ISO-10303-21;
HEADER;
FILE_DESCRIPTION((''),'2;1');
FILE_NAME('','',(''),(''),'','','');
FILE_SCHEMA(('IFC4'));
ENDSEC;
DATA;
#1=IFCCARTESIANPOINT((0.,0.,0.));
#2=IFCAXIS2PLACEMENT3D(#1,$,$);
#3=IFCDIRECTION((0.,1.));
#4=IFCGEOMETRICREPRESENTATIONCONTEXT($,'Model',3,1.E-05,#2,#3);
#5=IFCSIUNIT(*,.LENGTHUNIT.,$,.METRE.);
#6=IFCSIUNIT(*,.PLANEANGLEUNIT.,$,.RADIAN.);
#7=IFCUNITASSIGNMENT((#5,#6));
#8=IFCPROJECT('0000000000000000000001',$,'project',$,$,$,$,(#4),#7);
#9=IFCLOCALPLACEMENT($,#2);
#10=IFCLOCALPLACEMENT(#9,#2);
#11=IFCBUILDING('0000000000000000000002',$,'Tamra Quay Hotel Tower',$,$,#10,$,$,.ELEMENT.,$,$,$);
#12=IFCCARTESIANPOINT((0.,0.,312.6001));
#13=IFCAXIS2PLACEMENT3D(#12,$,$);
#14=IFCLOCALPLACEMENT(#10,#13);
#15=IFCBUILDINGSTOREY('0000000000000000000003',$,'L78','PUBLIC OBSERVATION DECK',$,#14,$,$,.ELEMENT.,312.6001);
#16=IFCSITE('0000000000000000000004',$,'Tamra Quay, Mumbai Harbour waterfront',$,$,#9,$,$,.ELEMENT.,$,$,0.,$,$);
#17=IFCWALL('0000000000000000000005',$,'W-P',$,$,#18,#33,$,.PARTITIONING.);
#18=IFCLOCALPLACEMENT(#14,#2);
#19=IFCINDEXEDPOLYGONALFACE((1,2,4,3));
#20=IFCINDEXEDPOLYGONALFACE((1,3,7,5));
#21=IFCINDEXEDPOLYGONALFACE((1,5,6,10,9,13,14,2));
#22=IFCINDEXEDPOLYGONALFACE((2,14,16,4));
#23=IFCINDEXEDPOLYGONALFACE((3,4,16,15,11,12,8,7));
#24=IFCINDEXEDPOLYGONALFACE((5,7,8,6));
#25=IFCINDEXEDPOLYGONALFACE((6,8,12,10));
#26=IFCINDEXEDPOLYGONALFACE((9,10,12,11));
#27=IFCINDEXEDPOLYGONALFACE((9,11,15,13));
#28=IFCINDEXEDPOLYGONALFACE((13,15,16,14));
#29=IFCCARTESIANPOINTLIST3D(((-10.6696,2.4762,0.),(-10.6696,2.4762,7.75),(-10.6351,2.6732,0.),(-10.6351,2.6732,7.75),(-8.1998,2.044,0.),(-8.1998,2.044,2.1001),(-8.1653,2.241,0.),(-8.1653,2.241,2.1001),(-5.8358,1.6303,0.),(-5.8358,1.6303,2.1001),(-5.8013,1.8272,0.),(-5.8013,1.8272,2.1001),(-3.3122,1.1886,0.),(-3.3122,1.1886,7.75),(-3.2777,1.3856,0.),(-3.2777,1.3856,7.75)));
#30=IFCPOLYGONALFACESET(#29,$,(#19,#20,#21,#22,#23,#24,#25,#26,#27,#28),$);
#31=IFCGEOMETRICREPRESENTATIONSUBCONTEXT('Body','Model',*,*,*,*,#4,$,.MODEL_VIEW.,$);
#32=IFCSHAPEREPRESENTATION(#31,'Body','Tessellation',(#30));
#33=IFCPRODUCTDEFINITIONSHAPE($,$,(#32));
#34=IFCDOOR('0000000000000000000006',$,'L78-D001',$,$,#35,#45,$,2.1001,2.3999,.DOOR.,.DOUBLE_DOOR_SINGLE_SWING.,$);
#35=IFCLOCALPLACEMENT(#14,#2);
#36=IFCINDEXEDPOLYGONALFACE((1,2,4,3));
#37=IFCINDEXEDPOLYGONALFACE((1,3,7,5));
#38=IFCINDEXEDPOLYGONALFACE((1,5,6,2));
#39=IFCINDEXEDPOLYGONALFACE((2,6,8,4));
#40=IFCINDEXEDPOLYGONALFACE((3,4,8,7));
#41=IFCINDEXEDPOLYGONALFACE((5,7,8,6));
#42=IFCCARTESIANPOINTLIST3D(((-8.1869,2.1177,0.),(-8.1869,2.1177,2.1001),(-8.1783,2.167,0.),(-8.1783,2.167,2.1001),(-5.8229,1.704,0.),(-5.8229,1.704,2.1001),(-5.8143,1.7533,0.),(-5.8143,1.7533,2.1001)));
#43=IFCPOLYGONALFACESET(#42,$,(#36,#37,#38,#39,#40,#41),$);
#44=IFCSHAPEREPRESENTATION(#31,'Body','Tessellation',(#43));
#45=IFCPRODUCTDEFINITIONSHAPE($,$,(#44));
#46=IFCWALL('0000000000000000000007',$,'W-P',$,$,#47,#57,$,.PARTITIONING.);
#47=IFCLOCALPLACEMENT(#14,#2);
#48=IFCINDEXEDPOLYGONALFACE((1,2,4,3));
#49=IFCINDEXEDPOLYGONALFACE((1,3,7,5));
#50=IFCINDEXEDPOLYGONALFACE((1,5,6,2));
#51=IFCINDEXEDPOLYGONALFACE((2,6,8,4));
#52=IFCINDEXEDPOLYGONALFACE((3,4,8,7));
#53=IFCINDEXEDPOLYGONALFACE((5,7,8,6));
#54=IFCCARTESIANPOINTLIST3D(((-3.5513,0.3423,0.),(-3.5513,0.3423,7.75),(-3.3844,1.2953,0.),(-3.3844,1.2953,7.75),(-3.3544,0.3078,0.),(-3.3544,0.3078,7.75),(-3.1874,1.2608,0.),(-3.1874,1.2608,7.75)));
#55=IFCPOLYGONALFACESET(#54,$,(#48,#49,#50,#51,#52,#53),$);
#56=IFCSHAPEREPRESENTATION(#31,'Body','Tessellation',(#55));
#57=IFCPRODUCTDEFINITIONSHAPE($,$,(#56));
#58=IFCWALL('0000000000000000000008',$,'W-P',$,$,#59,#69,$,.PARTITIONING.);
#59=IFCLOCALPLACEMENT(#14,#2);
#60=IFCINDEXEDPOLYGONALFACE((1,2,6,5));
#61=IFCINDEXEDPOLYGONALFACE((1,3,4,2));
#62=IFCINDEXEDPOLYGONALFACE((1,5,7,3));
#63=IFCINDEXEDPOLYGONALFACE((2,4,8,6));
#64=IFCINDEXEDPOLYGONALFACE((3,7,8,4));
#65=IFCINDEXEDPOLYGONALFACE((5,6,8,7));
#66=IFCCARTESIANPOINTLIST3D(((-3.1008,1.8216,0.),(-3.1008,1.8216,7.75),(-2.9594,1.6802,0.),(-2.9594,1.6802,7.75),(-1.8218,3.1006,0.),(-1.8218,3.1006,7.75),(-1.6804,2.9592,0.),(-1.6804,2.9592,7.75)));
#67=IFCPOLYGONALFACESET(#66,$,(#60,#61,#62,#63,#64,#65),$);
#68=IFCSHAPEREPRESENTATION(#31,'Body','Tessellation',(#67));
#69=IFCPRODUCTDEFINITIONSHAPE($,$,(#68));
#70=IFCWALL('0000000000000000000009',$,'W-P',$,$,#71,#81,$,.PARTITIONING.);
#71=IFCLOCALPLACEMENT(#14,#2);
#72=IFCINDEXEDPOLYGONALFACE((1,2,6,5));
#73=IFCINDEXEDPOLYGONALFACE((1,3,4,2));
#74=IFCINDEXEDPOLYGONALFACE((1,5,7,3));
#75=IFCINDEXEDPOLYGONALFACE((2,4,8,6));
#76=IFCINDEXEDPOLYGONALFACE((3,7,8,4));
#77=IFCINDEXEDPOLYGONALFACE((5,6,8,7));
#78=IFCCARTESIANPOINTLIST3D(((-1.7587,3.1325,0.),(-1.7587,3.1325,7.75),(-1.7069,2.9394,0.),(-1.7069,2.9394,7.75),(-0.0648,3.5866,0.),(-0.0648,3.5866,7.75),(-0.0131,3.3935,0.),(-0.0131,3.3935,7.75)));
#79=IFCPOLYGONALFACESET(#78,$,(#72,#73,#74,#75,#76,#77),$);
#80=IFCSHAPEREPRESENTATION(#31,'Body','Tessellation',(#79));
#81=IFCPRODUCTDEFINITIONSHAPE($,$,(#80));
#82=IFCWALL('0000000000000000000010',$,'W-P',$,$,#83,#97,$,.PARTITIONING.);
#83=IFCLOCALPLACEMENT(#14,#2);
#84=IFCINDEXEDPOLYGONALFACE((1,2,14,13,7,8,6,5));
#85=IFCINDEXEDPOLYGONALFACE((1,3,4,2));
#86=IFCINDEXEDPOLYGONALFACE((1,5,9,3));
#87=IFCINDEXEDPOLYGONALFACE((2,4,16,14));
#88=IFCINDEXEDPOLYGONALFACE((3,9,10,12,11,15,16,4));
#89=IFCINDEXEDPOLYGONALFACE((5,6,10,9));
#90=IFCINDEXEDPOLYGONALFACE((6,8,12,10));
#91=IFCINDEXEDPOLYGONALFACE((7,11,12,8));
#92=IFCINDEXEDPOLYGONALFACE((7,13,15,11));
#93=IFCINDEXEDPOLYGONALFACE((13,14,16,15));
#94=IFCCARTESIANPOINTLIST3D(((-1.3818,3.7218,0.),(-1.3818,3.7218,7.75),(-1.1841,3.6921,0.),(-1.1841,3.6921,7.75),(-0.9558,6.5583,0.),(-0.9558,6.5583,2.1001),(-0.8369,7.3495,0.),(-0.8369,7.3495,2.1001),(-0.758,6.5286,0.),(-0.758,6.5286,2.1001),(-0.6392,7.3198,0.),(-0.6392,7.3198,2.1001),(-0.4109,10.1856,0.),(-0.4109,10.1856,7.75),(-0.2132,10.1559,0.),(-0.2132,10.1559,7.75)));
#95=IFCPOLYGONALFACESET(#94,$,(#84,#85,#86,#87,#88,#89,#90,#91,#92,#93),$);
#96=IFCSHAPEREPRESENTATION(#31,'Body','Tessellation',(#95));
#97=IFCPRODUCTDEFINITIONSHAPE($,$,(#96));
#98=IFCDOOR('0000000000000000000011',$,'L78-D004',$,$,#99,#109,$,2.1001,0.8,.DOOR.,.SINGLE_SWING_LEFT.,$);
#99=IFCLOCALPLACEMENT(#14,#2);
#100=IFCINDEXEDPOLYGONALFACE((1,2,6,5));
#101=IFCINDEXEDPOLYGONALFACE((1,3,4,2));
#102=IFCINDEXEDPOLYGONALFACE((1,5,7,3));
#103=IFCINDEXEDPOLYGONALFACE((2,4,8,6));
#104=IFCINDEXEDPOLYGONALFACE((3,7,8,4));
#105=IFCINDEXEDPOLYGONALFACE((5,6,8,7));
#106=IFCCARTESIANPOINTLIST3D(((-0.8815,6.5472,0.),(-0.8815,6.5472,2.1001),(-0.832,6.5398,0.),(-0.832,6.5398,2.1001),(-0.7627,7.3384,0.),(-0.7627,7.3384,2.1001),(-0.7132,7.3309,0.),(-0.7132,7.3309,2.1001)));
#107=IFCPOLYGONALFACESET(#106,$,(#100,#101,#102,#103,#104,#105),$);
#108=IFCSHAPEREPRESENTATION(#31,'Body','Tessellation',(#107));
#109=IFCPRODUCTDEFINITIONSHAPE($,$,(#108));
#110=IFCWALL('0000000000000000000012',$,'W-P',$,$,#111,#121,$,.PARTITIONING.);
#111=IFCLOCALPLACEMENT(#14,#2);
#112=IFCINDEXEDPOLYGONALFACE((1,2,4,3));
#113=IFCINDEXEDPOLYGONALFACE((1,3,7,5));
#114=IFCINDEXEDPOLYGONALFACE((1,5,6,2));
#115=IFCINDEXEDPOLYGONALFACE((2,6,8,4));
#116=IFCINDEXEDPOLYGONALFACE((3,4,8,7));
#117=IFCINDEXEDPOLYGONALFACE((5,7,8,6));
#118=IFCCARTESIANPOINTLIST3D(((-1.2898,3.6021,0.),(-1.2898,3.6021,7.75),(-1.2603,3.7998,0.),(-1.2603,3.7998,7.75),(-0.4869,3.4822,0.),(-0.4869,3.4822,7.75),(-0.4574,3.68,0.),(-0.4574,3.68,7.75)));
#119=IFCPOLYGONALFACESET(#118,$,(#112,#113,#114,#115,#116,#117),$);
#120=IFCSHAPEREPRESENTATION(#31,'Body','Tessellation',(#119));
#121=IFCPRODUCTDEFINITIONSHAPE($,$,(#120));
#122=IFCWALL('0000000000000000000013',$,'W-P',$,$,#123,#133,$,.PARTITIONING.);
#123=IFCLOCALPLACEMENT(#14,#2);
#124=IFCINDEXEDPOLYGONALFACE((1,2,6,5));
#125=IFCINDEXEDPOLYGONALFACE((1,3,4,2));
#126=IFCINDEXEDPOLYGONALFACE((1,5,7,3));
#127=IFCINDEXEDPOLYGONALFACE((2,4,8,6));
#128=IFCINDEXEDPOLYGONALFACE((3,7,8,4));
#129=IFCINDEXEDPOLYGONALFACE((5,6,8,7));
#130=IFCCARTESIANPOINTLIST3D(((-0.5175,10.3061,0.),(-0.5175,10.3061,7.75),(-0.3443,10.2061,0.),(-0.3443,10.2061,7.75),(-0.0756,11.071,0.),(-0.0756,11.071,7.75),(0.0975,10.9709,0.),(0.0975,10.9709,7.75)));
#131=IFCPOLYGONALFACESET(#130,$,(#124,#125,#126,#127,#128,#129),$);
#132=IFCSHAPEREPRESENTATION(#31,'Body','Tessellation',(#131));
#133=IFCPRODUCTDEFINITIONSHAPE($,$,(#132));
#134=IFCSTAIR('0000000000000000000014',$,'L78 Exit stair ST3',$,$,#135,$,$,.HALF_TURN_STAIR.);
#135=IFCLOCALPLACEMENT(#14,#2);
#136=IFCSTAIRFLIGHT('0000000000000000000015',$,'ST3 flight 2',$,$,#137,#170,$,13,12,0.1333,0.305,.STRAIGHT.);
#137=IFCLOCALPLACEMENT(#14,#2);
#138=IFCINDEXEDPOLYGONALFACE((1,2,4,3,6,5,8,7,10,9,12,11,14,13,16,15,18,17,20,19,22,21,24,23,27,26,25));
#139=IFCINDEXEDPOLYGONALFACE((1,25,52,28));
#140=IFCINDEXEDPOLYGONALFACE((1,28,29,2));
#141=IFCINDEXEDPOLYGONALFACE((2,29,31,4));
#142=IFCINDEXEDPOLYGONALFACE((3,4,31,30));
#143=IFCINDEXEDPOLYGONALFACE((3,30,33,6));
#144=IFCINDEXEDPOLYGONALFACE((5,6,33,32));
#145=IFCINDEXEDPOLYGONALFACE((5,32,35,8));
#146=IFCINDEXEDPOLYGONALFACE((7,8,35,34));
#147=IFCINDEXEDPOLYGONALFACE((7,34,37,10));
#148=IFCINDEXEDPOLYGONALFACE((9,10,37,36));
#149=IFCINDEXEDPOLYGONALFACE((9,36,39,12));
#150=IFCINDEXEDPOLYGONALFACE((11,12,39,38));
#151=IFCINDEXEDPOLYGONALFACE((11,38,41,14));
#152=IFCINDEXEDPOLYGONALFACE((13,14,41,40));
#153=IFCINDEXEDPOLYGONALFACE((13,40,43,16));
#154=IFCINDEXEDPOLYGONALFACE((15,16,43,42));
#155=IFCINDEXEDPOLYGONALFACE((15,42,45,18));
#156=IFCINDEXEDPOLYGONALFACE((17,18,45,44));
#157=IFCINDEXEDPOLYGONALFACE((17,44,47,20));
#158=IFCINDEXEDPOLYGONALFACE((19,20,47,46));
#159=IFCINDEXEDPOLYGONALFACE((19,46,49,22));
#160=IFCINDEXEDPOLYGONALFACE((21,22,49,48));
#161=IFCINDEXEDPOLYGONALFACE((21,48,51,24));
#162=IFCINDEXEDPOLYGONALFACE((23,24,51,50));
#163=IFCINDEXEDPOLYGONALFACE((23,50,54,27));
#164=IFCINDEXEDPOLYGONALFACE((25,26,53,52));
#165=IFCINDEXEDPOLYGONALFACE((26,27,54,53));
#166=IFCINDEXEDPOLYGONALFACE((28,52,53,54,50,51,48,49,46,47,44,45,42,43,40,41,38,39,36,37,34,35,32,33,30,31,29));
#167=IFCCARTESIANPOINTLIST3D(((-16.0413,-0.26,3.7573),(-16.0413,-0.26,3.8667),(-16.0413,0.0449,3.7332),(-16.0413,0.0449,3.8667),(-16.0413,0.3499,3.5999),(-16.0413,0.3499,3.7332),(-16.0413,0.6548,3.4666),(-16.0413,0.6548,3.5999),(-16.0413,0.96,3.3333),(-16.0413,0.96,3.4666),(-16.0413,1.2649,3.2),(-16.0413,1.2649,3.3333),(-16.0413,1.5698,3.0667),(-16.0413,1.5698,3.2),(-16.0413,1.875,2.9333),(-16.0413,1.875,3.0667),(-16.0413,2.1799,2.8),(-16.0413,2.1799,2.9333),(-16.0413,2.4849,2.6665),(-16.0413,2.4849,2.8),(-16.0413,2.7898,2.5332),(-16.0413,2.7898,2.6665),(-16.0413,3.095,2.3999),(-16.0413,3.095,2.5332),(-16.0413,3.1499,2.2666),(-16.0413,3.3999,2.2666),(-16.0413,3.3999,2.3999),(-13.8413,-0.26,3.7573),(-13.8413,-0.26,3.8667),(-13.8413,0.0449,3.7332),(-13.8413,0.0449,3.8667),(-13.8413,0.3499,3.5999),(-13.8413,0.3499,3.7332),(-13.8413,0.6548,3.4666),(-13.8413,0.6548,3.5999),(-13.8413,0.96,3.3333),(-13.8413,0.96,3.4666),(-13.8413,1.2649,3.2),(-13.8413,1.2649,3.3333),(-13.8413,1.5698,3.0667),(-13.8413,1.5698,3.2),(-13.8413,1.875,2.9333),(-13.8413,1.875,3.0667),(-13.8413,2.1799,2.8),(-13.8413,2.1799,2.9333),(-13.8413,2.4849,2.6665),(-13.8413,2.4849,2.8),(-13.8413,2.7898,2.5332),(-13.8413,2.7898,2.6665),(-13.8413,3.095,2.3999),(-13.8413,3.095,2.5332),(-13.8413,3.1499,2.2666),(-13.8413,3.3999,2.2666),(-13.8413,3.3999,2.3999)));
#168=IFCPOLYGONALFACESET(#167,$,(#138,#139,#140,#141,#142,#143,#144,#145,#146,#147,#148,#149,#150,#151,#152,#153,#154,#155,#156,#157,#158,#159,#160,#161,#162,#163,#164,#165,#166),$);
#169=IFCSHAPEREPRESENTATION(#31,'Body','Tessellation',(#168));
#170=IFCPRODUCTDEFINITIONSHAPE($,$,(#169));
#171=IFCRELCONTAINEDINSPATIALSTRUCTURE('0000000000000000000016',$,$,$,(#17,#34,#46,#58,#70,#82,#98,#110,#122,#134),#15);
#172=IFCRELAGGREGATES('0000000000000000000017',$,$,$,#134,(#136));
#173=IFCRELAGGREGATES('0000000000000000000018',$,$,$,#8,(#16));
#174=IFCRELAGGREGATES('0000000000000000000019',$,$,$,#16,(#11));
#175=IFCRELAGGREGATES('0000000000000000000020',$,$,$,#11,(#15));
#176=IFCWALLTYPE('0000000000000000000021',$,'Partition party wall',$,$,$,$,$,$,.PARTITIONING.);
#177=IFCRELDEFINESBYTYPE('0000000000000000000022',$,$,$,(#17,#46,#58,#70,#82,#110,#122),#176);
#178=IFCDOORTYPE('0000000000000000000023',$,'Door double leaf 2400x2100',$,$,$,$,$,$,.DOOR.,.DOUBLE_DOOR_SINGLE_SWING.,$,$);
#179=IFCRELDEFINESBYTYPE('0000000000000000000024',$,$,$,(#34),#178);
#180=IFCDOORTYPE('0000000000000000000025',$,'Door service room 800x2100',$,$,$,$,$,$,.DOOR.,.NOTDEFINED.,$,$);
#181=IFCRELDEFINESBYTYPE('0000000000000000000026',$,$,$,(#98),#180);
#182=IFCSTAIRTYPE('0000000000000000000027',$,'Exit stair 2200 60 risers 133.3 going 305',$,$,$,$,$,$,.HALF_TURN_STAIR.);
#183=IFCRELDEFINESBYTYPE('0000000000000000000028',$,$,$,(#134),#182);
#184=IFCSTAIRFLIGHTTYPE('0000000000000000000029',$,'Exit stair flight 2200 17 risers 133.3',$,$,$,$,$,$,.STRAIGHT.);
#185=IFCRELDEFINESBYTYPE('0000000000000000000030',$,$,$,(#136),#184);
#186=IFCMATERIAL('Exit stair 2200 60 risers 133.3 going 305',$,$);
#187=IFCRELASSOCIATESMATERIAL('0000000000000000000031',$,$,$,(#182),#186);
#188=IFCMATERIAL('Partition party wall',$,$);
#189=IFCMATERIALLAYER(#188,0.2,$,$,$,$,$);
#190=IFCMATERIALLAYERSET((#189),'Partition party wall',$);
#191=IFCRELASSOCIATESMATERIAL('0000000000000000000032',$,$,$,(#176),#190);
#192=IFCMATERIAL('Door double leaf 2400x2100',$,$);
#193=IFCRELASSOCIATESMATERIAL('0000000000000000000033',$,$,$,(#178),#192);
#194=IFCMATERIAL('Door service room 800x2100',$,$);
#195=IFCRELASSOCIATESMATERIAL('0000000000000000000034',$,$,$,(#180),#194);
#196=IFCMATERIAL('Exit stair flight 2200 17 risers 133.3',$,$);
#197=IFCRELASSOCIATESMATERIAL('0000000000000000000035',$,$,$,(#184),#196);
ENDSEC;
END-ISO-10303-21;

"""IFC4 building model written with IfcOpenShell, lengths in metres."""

from ifc_helpers import new_model, si_unit, direction, frame, frame_2d, origin, place, context, subcontext, project, spatial, polyline, rectangle, outline, extrude, material, layer, layer_set, type_object, element, fill, aggregate, save


model = new_model("IFC4")

# Units and contexts
model_context = context("Model", 3, precision=1e-05, world=origin(), true_north=direction((0.0, 1.0)))
body_context = subcontext(model_context, "Body", "Model", "MODEL_VIEW")
ifc_project = project(units=[si_unit("LENGTHUNIT", "METRE"), si_unit("PLANEANGLEUNIT", "RADIAN")], contexts=[model_context])

# Site, building, storey
site_placement = place(None, origin())
site = spatial("IfcSite", under=ifc_project, at=site_placement, Name="Tamra Quay, Mumbai Harbour waterfront", CompositionType="ELEMENT", RefElevation=0.0)
building_placement = place(site_placement, origin())
building = spatial("IfcBuilding", under=site, at=building_placement, Name="Tamra Quay Hotel Tower", CompositionType="ELEMENT")
storey_placement = place(building_placement, frame((0.0, 0.0, 312.6001)))
storey = spatial("IfcBuildingStorey", under=building, at=storey_placement, Name="L78", Description="PUBLIC OBSERVATION DECK", CompositionType="ELEMENT", Elevation=312.6001)

# Shared definitions
ifc_material_1 = material(Name="Exit stair 2200 60 risers 133.3 going 305")
stair_type = type_object("IfcStairType", Name="Exit stair 2200 60 risers 133.3 going 305", PredefinedType="HALF_TURN_STAIR", material=ifc_material_1)

# Wall, opening, door
ifc_material_2 = material(Name="Partition party wall")
ifc_layer_1 = layer(ifc_material_2, 0.2)
ifc_layer_set_1 = layer_set([ifc_layer_1], Name="Partition party wall")
wall_type_1 = type_object("IfcWallType", Name="Partition party wall", PredefinedType="PARTITIONING", material=ifc_layer_set_1)
wall_1_placement = place(storey_placement, frame((-10.6523, 2.5747, 0.0), z_axis=(0.0, 0.0, 1.0), x_axis=(0.985029, -0.172387, 0.0)))
wall_1 = element("IfcWall", 1, at=wall_1_placement, inside=storey, type_object=wall_type_1, Name="W-P", PredefinedType="PARTITIONING", context=body_context, shape_type="SweptSolid", body=[
    extrude(rectangle(XDim=7.4692, YDim=0.2, at=frame_2d((3.7346, 0.0))), origin(), (0.0, 0.0, 1.0), 7.75),
])
opening_1_placement = place(wall_1_placement, frame((2.5073, 0.0, 0.0)))
opening_1 = element("IfcOpeningElement", 2, at=opening_1_placement, cuts=wall_1, PredefinedType="OPENING", context=body_context, shape_type="SweptSolid", body=[
    extrude(rectangle(XDim=2.3999, YDim=2.1001, at=frame_2d((1.2, 1.05))), frame((0.0, 0.1099, 0.0), z_axis=(0.0, -1.0, 0.0), x_axis=(1.0, 0.0, 0.0)), (0.0, 0.0, 1.0), 0.22),
])
ifc_material_3 = material(Name="Door double leaf 2400x2100")
door_type_1 = type_object("IfcDoorType", Name="Door double leaf 2400x2100", OperationType="DOUBLE_DOOR_SINGLE_SWING", PredefinedType="DOOR", material=ifc_material_3)
door_1_placement = place(opening_1_placement, origin())
door_1 = element("IfcDoor", 3, at=door_1_placement, inside=storey, type_object=door_type_1, Name="L78-D001", OperationType="DOUBLE_DOOR_SINGLE_SWING", OverallHeight=2.1001, OverallWidth=2.3999, PredefinedType="DOOR", context=body_context, shape_type="SweptSolid", body=[
    extrude(rectangle(XDim=2.3999, YDim=2.1001, at=frame_2d((1.2, 1.05))), frame((0.0, 0.0249, 0.0), z_axis=(0.0, -1.0, 0.0), x_axis=(1.0, 0.0, 0.0)), (0.0, 0.0, 1.0), 0.05),
])
fill(opening_1, door_1)

# Walls
wall_2_placement = place(storey_placement, frame((-3.4529, 0.325, 0.0), z_axis=(0.0, 0.0, 1.0), x_axis=(0.172576, 0.984996, 0.0)))
element("IfcWall", 4, at=wall_2_placement, inside=storey, type_object=wall_type_1, Name="W-P", PredefinedType="PARTITIONING", context=body_context, shape_type="SweptSolid", body=[
    extrude(rectangle(XDim=0.9675, YDim=0.2, at=frame_2d((0.4839, 0.0))), origin(), (0.0, 0.0, 1.0), 7.75),
])
wall_3_placement = place(storey_placement, frame((-3.03, 1.751, 0.0), z_axis=(0.0, 0.0, 1.0), x_axis=(0.707107, 0.707107, 0.0)))
element("IfcWall", 5, at=wall_3_placement, inside=storey, type_object=wall_type_1, Name="W-P", PredefinedType="PARTITIONING", context=body_context, shape_type="SweptSolid", body=[
    extrude(rectangle(XDim=1.8088, YDim=0.2, at=frame_2d((0.9043, 0.0))), origin(), (0.0, 0.0, 1.0), 7.75),
])
wall_4_placement = place(storey_placement, frame((-1.7329, 3.0359, 0.0), z_axis=(0.0, 0.0, 1.0), x_axis=(0.965892, 0.258945, 0.0)))
element("IfcWall", 6, at=wall_4_placement, inside=storey, type_object=wall_type_1, Name="W-P", PredefinedType="PARTITIONING", context=body_context, shape_type="SweptSolid", body=[
    extrude(rectangle(XDim=1.7537, YDim=0.2, at=frame_2d((0.877, 0.0))), origin(), (0.0, 0.0, 1.0), 7.75),
])

# Wall, opening, door
wall_5_placement = place(storey_placement, frame((-1.283, 3.707, 0.0), z_axis=(0.0, 0.0, 1.0), x_axis=(0.148545, 0.988906, 0.0)))
wall_5 = element("IfcWall", 7, at=wall_5_placement, inside=storey, type_object=wall_type_1, Name="W-P", PredefinedType="PARTITIONING", context=body_context, shape_type="SweptSolid", body=[
    extrude(rectangle(XDim=6.5364, YDim=0.2, at=frame_2d((3.2681, 0.0))), origin(), (0.0, 0.0, 1.0), 7.75),
])
opening_2_placement = place(wall_5_placement, frame((2.8684, 0.0, 0.0)))
opening_2 = element("IfcOpeningElement", 8, at=opening_2_placement, cuts=wall_5, PredefinedType="OPENING", context=body_context, shape_type="SweptSolid", body=[
    extrude(rectangle(XDim=0.8, YDim=2.1001, at=frame_2d((0.3999, 1.05))), frame((0.0, 0.1099, 0.0), z_axis=(0.0, -1.0, 0.0), x_axis=(1.0, 0.0, 0.0)), (0.0, 0.0, 1.0), 0.22),
])
ifc_material_4 = material(Name="Door service room 800x2100")
door_type_2 = type_object("IfcDoorType", Name="Door service room 800x2100", OperationType="NOTDEFINED", PredefinedType="DOOR", material=ifc_material_4)
door_2_placement = place(opening_2_placement, origin())
door_2 = element("IfcDoor", 9, at=door_2_placement, inside=storey, type_object=door_type_2, Name="L78-D004", OperationType="SINGLE_SWING_LEFT", OverallHeight=2.1001, OverallWidth=0.8, PredefinedType="DOOR", context=body_context, shape_type="SweptSolid", body=[
    extrude(rectangle(XDim=0.8, YDim=2.1001, at=frame_2d((0.3999, 1.05))), frame((0.0, 0.0249, 0.0), z_axis=(0.0, -1.0, 0.0), x_axis=(1.0, 0.0, 0.0)), (0.0, 0.0, 1.0), 0.05),
])
fill(opening_2, door_2)

# Walls
wall_6_placement = place(storey_placement, frame((-1.2749, 3.7009, 0.0), z_axis=(0.0, 0.0, 1.0), x_axis=(0.98904, -0.147649, 0.0)))
element("IfcWall", 10, at=wall_6_placement, inside=storey, type_object=wall_type_1, Name="W-P", PredefinedType="PARTITIONING", context=body_context, shape_type="SweptSolid", body=[
    extrude(rectangle(XDim=0.8118, YDim=0.2, at=frame_2d((0.4058, 0.0))), origin(), (0.0, 0.0, 1.0), 7.75),
])
wall_7_placement = place(storey_placement, frame((-0.4309, 10.2561, 0.0), z_axis=(0.0, 0.0, 1.0), x_axis=(0.500241, 0.865886, 0.0)))
element("IfcWall", 11, at=wall_7_placement, inside=storey, type_object=wall_type_1, Name="W-P", PredefinedType="PARTITIONING", context=body_context, shape_type="SweptSolid", body=[
    extrude(rectangle(XDim=0.8833, YDim=0.2, at=frame_2d((0.4417, 0.0))), origin(), (0.0, 0.0, 1.0), 7.75),
])

# Stair, stair flight
stair_1_placement = place(storey_placement, origin())
stair_1 = element("IfcStair", 12, at=stair_1_placement, inside=storey, type_object=stair_type, Name="L78 Exit stair ST3", PredefinedType="HALF_TURN_STAIR")
ifc_material_5 = material(Name="Exit stair flight 2200 17 risers 133.3")
stair_flight_type = type_object("IfcStairFlightType", Name="Exit stair flight 2200 17 risers 133.3", PredefinedType="STRAIGHT", material=ifc_material_5)
stair_flight_1_placement = place(storey_placement, frame((-14.9414, 3.3999, 2.2666), z_axis=(0.0, 0.0, 1.0), x_axis=(0.0, -1.0, 0.0)))
stair_flight_1 = element("IfcStairFlight", 13, at=stair_flight_1_placement, type_object=stair_flight_type, Name="ST3 flight 2", NumberOfRisers=13, NumberOfTreads=12, PredefinedType="STRAIGHT", RiserHeight=0.1333, TreadLength=0.305, context=body_context, shape_type="SweptSolid", body=[
    extrude(outline(polyline([(0.0, 0.0), (0.0, 0.1333), (0.3049, 0.1333), (0.3049, 0.2666), (0.6101, 0.2666), (0.6101, 0.3999), (0.915, 0.3999), (0.915, 0.5334), (1.22, 0.5334), (1.22, 0.6667), (1.5249, 0.6667), (1.5249, 0.8), (1.8301, 0.8), (1.8301, 0.9333), (2.135, 0.9333), (2.135, 1.0667), (2.4399, 1.0667), (2.4399, 1.2), (2.7451, 1.2), (2.7451, 1.3333), (3.05, 1.3333), (3.05, 1.4666), (3.355, 1.4666), (3.355, 1.6001), (3.6599, 1.6001), (3.6599, 1.7334), (3.6599, 1.4907), (0.25, 0.0), (0.0, 0.0)])), frame((0.0, 1.1001, 0.0), z_axis=(0.0, -1.0, 0.0), x_axis=(1.0, 0.0, 0.0)), (0.0, 0.0, 1.0), 2.2),
])
aggregate(stair_1, [stair_flight_1])

save(model, "model.ifc")
